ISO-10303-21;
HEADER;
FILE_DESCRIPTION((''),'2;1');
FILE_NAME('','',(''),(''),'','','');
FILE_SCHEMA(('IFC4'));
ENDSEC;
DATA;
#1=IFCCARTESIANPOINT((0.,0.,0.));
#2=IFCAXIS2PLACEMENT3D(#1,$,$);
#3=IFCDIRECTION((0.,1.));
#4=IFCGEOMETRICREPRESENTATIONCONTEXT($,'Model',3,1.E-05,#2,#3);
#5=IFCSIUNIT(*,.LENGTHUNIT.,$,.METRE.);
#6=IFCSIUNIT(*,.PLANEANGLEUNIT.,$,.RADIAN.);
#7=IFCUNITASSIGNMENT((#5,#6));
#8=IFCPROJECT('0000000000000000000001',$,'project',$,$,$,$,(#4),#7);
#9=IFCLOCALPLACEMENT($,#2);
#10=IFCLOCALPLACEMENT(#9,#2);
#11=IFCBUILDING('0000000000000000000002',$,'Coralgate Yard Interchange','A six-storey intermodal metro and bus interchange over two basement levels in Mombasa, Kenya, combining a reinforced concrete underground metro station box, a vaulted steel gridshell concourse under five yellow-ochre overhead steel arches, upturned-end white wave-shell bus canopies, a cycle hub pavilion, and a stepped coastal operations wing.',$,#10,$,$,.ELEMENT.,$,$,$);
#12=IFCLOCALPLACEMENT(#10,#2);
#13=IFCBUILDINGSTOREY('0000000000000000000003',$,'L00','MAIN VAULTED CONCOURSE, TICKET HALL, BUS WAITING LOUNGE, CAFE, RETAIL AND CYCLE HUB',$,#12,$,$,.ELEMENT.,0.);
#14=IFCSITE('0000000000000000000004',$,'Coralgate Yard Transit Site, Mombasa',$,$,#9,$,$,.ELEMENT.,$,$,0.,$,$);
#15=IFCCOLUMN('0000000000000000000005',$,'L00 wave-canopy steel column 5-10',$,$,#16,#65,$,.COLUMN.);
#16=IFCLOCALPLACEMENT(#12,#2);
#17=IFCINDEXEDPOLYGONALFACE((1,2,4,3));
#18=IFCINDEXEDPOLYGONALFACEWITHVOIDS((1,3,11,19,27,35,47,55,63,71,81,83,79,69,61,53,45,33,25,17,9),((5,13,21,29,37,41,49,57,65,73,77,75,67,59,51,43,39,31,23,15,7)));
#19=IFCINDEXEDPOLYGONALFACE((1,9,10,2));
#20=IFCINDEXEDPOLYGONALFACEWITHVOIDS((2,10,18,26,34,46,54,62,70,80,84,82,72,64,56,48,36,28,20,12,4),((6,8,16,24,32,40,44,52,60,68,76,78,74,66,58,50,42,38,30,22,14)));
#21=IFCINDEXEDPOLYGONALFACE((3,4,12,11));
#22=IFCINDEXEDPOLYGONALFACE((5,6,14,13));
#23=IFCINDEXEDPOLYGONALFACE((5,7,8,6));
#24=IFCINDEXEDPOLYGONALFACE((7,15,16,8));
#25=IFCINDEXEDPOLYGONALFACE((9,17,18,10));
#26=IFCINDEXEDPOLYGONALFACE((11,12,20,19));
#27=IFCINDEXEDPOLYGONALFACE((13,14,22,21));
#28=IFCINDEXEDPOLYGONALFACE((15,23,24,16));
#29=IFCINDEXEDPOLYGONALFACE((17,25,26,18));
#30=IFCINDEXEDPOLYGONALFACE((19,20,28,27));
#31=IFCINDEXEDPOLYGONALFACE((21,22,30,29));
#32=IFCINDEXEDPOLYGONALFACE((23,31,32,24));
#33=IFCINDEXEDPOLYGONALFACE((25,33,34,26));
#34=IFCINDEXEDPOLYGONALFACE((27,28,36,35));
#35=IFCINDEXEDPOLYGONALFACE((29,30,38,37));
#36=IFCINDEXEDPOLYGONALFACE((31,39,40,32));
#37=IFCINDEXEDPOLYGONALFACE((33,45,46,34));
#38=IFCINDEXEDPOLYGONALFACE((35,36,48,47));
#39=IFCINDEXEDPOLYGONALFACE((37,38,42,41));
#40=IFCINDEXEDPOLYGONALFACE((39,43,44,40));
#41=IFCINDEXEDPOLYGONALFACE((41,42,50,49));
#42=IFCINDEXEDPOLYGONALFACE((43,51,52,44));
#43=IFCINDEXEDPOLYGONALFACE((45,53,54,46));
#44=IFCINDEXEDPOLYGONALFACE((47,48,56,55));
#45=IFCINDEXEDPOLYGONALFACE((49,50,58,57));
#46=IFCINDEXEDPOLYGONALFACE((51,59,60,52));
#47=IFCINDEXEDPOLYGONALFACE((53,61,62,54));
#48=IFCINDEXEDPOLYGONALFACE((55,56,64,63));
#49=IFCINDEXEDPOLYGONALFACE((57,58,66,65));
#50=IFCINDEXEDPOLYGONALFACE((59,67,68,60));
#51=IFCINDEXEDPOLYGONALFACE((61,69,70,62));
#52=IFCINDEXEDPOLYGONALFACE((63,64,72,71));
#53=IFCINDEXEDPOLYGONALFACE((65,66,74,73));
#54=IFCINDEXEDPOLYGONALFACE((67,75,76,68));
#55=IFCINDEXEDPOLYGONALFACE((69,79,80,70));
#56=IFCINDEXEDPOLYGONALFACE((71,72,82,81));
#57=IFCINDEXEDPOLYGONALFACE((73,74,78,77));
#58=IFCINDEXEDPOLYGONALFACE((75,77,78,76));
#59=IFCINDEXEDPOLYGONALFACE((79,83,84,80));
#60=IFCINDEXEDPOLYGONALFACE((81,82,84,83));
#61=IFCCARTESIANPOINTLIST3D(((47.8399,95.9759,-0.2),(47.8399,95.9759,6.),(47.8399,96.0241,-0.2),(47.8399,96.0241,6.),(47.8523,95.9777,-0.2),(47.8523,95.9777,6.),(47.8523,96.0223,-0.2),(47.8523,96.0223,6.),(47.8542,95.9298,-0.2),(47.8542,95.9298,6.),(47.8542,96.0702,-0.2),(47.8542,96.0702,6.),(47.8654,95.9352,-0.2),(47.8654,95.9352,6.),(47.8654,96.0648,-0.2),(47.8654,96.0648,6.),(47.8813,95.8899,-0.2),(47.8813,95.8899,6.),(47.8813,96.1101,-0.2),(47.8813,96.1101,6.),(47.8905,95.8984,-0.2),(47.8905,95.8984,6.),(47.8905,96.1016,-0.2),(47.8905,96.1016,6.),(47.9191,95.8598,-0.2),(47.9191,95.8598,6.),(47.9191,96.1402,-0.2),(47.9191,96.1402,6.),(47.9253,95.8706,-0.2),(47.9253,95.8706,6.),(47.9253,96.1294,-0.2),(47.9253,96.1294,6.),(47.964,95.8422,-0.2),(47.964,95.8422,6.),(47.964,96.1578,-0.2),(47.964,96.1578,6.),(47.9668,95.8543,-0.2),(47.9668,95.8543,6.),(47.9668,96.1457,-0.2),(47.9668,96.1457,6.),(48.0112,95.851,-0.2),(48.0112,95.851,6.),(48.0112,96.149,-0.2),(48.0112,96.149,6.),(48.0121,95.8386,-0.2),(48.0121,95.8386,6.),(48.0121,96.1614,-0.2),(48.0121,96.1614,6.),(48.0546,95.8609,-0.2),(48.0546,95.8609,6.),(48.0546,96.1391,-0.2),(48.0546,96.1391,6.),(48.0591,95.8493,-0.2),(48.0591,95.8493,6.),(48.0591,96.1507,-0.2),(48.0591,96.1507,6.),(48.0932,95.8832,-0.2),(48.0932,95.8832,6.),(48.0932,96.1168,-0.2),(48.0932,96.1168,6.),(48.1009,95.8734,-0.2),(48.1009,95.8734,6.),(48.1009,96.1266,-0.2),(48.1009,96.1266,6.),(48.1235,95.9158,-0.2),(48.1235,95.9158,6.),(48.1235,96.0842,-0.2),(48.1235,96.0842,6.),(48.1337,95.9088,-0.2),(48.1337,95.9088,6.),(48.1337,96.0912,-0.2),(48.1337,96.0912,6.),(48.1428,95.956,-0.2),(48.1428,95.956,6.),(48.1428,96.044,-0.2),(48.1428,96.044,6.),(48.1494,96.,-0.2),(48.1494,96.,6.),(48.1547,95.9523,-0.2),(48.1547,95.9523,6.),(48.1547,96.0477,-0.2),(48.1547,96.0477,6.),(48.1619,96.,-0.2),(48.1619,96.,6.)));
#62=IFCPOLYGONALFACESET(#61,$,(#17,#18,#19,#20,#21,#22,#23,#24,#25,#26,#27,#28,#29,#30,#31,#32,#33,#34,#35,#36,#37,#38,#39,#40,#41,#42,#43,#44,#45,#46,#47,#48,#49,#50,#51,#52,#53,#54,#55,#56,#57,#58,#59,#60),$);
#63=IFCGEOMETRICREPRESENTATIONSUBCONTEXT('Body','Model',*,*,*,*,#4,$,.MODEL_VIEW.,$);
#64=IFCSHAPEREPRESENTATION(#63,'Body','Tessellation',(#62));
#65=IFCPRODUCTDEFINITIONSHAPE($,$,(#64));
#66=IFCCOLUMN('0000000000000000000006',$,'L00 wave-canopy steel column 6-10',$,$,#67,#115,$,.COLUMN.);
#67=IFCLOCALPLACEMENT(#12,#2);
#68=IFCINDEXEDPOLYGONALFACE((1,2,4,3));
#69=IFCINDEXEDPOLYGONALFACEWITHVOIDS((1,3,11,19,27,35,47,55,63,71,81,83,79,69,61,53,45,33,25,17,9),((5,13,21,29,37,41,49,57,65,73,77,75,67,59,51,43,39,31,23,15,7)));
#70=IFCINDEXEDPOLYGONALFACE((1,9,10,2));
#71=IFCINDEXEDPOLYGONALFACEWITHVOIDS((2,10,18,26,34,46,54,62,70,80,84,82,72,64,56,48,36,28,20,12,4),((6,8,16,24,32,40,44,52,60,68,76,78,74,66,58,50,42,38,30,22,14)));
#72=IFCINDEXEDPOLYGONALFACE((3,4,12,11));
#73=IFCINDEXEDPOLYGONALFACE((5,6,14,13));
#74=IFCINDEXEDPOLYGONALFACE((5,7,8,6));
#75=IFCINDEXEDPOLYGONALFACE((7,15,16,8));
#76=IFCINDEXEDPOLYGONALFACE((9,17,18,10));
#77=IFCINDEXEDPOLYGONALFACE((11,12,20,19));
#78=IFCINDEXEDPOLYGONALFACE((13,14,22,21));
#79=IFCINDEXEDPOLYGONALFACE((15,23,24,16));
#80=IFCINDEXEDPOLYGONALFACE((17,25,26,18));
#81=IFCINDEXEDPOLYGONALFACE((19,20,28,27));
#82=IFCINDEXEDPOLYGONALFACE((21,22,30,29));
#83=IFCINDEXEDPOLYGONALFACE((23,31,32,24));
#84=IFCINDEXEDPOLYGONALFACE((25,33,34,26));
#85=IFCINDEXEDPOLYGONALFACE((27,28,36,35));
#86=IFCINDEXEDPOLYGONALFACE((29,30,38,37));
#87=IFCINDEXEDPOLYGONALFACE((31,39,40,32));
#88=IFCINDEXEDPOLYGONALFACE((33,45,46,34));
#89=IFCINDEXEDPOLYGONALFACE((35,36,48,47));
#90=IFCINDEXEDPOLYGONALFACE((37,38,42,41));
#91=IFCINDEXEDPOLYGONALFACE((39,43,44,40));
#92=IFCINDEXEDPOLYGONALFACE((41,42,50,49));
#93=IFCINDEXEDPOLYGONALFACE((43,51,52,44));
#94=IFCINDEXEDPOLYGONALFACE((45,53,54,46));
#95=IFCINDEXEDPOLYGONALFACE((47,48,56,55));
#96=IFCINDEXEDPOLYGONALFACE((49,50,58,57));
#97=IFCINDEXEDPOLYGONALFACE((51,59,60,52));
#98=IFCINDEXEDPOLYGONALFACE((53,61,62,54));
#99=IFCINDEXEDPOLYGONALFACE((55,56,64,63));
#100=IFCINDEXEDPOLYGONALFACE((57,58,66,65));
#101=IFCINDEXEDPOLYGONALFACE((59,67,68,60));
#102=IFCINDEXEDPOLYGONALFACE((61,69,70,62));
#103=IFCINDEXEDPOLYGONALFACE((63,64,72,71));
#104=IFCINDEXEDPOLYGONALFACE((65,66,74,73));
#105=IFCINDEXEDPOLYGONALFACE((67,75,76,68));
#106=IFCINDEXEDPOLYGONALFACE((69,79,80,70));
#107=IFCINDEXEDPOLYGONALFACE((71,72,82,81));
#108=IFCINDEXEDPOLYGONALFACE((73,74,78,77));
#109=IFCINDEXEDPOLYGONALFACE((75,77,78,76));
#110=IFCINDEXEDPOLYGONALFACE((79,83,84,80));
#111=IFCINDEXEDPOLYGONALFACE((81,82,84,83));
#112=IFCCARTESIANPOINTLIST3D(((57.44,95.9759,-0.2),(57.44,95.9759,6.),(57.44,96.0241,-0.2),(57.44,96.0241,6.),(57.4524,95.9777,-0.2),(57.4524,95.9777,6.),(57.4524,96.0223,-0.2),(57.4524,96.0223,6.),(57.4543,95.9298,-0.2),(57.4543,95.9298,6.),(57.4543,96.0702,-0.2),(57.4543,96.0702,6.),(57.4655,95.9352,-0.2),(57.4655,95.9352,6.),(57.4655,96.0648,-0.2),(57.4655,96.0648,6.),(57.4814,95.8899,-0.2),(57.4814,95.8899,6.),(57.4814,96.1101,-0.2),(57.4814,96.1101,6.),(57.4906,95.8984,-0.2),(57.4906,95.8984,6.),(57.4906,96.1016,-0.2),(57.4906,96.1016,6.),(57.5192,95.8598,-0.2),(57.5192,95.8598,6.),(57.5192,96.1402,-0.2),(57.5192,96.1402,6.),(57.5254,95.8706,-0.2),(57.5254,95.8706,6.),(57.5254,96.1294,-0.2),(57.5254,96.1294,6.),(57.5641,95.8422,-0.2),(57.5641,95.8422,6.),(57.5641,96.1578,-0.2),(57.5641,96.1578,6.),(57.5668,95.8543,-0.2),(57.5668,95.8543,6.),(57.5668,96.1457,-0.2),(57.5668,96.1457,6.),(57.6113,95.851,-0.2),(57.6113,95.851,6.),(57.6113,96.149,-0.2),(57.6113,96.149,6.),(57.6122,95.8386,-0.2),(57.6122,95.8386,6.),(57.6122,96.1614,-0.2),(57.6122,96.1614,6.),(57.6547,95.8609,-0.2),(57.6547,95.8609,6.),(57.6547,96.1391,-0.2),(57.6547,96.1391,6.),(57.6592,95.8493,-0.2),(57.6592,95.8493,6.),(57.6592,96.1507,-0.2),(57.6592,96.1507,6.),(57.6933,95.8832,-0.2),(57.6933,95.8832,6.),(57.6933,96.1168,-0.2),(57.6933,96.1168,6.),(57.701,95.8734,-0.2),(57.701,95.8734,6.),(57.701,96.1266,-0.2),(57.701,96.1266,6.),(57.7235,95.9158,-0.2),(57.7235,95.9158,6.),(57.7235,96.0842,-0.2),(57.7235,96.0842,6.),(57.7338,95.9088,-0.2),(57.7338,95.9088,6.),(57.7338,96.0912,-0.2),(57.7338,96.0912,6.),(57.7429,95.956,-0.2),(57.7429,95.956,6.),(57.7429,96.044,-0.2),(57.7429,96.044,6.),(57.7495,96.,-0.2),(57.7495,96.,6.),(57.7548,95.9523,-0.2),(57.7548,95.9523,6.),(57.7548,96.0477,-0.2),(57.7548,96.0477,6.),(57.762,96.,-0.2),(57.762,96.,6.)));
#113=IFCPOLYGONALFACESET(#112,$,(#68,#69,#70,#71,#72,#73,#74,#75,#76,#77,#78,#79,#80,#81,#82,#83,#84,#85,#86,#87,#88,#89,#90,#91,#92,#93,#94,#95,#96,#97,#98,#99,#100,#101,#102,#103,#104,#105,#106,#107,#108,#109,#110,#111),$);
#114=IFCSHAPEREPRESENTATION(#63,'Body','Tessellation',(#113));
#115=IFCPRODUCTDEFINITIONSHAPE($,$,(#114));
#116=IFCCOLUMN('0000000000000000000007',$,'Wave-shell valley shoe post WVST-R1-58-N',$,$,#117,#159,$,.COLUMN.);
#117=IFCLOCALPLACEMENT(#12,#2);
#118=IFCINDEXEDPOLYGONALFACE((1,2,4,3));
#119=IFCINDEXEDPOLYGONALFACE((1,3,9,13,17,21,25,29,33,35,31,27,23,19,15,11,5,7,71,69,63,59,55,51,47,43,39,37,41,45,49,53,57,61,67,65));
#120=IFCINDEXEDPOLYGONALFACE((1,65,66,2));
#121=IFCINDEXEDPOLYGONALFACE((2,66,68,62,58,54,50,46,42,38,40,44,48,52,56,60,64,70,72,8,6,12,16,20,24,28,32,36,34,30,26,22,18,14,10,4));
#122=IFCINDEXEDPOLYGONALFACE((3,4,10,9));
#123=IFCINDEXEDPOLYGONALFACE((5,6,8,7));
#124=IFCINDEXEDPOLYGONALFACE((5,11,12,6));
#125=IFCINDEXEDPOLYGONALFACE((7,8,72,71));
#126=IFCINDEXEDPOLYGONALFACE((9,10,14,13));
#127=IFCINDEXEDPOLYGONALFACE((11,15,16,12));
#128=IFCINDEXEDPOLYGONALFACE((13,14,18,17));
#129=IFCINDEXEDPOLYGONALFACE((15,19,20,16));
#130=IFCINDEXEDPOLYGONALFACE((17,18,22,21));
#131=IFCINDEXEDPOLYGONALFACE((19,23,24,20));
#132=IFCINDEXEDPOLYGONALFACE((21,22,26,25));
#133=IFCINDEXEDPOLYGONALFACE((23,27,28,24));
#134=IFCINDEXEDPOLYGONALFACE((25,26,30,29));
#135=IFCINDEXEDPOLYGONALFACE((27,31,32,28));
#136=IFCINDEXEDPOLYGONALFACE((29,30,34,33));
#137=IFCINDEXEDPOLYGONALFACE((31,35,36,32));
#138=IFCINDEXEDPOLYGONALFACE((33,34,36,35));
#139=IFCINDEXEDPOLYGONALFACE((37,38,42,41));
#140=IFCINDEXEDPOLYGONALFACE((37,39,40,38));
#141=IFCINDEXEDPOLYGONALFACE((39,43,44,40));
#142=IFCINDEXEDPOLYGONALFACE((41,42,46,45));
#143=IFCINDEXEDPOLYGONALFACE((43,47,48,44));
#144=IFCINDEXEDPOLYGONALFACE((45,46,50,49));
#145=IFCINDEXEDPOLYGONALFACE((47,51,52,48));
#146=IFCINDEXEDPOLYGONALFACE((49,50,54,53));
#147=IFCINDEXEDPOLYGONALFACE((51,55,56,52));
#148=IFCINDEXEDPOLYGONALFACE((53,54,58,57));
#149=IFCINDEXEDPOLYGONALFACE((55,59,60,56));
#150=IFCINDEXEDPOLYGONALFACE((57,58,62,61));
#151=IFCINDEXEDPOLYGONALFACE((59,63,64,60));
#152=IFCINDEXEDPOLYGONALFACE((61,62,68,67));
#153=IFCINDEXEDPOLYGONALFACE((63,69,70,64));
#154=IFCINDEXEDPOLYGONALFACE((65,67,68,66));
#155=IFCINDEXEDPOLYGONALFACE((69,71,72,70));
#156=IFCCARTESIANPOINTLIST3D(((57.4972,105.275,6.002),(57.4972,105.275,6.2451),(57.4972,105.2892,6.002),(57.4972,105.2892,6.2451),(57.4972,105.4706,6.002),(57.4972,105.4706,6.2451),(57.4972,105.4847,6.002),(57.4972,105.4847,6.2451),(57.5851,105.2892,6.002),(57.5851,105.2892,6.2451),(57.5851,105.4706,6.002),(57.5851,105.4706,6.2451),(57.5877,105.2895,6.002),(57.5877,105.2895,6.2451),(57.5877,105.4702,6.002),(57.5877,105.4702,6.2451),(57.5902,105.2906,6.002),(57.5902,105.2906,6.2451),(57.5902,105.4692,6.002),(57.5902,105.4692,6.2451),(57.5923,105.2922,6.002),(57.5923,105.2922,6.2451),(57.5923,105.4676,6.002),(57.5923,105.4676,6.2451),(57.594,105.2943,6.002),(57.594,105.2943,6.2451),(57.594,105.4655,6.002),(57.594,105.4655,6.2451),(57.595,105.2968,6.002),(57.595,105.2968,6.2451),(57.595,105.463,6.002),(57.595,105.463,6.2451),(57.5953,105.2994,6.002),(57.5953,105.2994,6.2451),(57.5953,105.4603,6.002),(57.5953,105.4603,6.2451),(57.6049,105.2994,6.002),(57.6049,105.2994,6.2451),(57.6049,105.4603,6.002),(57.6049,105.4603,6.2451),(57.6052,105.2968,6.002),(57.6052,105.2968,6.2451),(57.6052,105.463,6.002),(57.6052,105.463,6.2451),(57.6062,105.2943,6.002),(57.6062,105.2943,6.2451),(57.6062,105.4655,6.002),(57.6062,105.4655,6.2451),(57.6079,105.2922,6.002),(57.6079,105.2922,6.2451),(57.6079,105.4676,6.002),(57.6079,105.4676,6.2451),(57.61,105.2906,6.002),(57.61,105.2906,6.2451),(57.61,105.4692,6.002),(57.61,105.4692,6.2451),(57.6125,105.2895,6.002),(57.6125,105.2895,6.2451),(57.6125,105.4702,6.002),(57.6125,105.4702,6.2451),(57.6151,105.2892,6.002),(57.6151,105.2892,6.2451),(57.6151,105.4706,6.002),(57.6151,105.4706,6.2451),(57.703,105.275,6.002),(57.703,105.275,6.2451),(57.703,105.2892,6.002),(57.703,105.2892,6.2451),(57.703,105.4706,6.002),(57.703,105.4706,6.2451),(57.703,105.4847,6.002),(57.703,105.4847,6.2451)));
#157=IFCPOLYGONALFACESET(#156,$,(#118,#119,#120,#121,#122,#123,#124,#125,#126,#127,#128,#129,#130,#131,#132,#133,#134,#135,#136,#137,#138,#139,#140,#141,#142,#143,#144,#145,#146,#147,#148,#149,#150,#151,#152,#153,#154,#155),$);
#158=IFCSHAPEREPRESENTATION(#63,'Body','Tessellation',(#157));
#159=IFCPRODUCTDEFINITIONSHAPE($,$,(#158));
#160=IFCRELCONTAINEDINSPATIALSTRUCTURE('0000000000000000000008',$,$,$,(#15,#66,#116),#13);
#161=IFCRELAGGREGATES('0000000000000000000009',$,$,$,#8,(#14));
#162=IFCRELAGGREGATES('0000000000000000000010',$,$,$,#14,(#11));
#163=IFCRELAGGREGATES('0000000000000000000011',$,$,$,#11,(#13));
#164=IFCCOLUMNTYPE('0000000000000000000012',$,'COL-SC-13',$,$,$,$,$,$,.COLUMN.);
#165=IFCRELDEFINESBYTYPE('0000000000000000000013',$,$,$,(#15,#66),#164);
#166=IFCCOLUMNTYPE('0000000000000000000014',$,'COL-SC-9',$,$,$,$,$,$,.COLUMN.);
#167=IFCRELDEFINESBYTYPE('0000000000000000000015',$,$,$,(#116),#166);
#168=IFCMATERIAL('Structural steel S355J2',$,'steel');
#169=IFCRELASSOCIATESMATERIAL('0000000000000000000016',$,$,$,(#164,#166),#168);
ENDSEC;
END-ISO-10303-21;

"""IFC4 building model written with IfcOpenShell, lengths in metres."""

from ifc_helpers import new_model, si_unit, direction, frame, origin, origin_2d, place, context, subcontext, project, spatial, hollow_circle, i_section, extrude, material, material_profile, profile_set, type_object, element, save


model = new_model("IFC4")

# Units and contexts
model_context = context("Model", 3, precision=1e-05, world=origin(), true_north=direction((0.0, 1.0)))
body_context = subcontext(model_context, "Body", "Model", "MODEL_VIEW")
ifc_project = project(units=[si_unit("LENGTHUNIT", "METRE"), si_unit("PLANEANGLEUNIT", "RADIAN")], contexts=[model_context])

# Site, building, storey
site_placement = place(None, origin())
site = spatial("IfcSite", under=ifc_project, at=site_placement, Name="Coralgate Yard Transit Site, Mombasa", CompositionType="ELEMENT", RefElevation=0.0)
building_placement = place(site_placement, origin())
building = spatial("IfcBuilding", under=site, at=building_placement, Name="Coralgate Yard Interchange", Description="A six-storey intermodal metro and bus interchange over two basement levels in Mombasa, Kenya, combining a reinforced concrete underground metro station box, a vaulted steel gridshell concourse under five yellow-ochre overhead steel arches, upturned-end white wave-shell bus canopies, a cycle hub pavilion, and a stepped coastal operations wing.", CompositionType="ELEMENT")
storey_placement = place(building_placement, origin())
storey = spatial("IfcBuildingStorey", under=building, at=storey_placement, Name="L00", Description="MAIN VAULTED CONCOURSE, TICKET HALL, BUS WAITING LOUNGE, CAFE, RETAIL AND CYCLE HUB", CompositionType="ELEMENT", Elevation=0.0)

# Columns
ifc_material_1 = material(Name="Structural steel S355J2", Category="steel")
ifc_material_profile_1 = material_profile(ifc_material_1, hollow_circle(Radius=0.1619, WallThickness=0.0125, at=origin_2d()), Name="CHS 323.9x12.5")
ifc_profile_set_1 = profile_set([ifc_material_profile_1], Name="Structural steel S355J2")
column_type_1 = type_object("IfcColumnType", Name="COL-SC-13", PredefinedType="COLUMN", material=ifc_profile_set_1)
for number, where, z_axis, x_axis, name in (
    (1, (48.0, 96.0, -0.2), (0.0, 0.0, 1.0), (1.0, 0.0, 0.0), "L00 wave-canopy steel column 5-10"),
    (2, (57.6001, 96.0, -0.2), (0.0, 0.0, 1.0), (1.0, 0.0, 0.0), "L00 wave-canopy steel column 6-10"),
):
    element("IfcColumn", number, at=place(storey_placement, frame(where, z_axis=z_axis, x_axis=x_axis)), inside=storey, type_object=column_type_1, Name=name, PredefinedType="COLUMN", context=body_context, shape_type="SweptSolid", body=[
        extrude(hollow_circle(Radius=0.1619, WallThickness=0.0125, at=origin_2d()), origin(), (0.0, 0.0, 1.0), 6.2),
    ])
ifc_material_profile_2 = material_profile(ifc_material_1, i_section(OverallWidth=0.2058, OverallDepth=0.2097, WebThickness=0.0095, FlangeThickness=0.0142, FilletRadius=0.0103, at=origin_2d()), Name="UC 203x203x60")
ifc_profile_set_2 = profile_set([ifc_material_profile_2], Name="Structural steel S355J2")
column_type_2 = type_object("IfcColumnType", Name="COL-SC-9", PredefinedType="COLUMN", material=ifc_profile_set_2)
column_1_placement = place(storey_placement, frame((57.6001, 105.3799, 6.002), z_axis=(0.0, 0.0, 1.0), x_axis=(1.0, 0.0, 0.0)))
element("IfcColumn", 3, at=column_1_placement, inside=storey, type_object=column_type_2, Name="Wave-shell valley shoe post WVST-R1-58-N", PredefinedType="COLUMN", context=body_context, shape_type="SweptSolid", body=[
    extrude(i_section(OverallWidth=0.2058, OverallDepth=0.2097, WebThickness=0.0095, FlangeThickness=0.0142, FilletRadius=0.0103, at=origin_2d()), origin(), (0.0, 0.0, 1.0), 0.2432),
])

save(model, "model.ifc")
